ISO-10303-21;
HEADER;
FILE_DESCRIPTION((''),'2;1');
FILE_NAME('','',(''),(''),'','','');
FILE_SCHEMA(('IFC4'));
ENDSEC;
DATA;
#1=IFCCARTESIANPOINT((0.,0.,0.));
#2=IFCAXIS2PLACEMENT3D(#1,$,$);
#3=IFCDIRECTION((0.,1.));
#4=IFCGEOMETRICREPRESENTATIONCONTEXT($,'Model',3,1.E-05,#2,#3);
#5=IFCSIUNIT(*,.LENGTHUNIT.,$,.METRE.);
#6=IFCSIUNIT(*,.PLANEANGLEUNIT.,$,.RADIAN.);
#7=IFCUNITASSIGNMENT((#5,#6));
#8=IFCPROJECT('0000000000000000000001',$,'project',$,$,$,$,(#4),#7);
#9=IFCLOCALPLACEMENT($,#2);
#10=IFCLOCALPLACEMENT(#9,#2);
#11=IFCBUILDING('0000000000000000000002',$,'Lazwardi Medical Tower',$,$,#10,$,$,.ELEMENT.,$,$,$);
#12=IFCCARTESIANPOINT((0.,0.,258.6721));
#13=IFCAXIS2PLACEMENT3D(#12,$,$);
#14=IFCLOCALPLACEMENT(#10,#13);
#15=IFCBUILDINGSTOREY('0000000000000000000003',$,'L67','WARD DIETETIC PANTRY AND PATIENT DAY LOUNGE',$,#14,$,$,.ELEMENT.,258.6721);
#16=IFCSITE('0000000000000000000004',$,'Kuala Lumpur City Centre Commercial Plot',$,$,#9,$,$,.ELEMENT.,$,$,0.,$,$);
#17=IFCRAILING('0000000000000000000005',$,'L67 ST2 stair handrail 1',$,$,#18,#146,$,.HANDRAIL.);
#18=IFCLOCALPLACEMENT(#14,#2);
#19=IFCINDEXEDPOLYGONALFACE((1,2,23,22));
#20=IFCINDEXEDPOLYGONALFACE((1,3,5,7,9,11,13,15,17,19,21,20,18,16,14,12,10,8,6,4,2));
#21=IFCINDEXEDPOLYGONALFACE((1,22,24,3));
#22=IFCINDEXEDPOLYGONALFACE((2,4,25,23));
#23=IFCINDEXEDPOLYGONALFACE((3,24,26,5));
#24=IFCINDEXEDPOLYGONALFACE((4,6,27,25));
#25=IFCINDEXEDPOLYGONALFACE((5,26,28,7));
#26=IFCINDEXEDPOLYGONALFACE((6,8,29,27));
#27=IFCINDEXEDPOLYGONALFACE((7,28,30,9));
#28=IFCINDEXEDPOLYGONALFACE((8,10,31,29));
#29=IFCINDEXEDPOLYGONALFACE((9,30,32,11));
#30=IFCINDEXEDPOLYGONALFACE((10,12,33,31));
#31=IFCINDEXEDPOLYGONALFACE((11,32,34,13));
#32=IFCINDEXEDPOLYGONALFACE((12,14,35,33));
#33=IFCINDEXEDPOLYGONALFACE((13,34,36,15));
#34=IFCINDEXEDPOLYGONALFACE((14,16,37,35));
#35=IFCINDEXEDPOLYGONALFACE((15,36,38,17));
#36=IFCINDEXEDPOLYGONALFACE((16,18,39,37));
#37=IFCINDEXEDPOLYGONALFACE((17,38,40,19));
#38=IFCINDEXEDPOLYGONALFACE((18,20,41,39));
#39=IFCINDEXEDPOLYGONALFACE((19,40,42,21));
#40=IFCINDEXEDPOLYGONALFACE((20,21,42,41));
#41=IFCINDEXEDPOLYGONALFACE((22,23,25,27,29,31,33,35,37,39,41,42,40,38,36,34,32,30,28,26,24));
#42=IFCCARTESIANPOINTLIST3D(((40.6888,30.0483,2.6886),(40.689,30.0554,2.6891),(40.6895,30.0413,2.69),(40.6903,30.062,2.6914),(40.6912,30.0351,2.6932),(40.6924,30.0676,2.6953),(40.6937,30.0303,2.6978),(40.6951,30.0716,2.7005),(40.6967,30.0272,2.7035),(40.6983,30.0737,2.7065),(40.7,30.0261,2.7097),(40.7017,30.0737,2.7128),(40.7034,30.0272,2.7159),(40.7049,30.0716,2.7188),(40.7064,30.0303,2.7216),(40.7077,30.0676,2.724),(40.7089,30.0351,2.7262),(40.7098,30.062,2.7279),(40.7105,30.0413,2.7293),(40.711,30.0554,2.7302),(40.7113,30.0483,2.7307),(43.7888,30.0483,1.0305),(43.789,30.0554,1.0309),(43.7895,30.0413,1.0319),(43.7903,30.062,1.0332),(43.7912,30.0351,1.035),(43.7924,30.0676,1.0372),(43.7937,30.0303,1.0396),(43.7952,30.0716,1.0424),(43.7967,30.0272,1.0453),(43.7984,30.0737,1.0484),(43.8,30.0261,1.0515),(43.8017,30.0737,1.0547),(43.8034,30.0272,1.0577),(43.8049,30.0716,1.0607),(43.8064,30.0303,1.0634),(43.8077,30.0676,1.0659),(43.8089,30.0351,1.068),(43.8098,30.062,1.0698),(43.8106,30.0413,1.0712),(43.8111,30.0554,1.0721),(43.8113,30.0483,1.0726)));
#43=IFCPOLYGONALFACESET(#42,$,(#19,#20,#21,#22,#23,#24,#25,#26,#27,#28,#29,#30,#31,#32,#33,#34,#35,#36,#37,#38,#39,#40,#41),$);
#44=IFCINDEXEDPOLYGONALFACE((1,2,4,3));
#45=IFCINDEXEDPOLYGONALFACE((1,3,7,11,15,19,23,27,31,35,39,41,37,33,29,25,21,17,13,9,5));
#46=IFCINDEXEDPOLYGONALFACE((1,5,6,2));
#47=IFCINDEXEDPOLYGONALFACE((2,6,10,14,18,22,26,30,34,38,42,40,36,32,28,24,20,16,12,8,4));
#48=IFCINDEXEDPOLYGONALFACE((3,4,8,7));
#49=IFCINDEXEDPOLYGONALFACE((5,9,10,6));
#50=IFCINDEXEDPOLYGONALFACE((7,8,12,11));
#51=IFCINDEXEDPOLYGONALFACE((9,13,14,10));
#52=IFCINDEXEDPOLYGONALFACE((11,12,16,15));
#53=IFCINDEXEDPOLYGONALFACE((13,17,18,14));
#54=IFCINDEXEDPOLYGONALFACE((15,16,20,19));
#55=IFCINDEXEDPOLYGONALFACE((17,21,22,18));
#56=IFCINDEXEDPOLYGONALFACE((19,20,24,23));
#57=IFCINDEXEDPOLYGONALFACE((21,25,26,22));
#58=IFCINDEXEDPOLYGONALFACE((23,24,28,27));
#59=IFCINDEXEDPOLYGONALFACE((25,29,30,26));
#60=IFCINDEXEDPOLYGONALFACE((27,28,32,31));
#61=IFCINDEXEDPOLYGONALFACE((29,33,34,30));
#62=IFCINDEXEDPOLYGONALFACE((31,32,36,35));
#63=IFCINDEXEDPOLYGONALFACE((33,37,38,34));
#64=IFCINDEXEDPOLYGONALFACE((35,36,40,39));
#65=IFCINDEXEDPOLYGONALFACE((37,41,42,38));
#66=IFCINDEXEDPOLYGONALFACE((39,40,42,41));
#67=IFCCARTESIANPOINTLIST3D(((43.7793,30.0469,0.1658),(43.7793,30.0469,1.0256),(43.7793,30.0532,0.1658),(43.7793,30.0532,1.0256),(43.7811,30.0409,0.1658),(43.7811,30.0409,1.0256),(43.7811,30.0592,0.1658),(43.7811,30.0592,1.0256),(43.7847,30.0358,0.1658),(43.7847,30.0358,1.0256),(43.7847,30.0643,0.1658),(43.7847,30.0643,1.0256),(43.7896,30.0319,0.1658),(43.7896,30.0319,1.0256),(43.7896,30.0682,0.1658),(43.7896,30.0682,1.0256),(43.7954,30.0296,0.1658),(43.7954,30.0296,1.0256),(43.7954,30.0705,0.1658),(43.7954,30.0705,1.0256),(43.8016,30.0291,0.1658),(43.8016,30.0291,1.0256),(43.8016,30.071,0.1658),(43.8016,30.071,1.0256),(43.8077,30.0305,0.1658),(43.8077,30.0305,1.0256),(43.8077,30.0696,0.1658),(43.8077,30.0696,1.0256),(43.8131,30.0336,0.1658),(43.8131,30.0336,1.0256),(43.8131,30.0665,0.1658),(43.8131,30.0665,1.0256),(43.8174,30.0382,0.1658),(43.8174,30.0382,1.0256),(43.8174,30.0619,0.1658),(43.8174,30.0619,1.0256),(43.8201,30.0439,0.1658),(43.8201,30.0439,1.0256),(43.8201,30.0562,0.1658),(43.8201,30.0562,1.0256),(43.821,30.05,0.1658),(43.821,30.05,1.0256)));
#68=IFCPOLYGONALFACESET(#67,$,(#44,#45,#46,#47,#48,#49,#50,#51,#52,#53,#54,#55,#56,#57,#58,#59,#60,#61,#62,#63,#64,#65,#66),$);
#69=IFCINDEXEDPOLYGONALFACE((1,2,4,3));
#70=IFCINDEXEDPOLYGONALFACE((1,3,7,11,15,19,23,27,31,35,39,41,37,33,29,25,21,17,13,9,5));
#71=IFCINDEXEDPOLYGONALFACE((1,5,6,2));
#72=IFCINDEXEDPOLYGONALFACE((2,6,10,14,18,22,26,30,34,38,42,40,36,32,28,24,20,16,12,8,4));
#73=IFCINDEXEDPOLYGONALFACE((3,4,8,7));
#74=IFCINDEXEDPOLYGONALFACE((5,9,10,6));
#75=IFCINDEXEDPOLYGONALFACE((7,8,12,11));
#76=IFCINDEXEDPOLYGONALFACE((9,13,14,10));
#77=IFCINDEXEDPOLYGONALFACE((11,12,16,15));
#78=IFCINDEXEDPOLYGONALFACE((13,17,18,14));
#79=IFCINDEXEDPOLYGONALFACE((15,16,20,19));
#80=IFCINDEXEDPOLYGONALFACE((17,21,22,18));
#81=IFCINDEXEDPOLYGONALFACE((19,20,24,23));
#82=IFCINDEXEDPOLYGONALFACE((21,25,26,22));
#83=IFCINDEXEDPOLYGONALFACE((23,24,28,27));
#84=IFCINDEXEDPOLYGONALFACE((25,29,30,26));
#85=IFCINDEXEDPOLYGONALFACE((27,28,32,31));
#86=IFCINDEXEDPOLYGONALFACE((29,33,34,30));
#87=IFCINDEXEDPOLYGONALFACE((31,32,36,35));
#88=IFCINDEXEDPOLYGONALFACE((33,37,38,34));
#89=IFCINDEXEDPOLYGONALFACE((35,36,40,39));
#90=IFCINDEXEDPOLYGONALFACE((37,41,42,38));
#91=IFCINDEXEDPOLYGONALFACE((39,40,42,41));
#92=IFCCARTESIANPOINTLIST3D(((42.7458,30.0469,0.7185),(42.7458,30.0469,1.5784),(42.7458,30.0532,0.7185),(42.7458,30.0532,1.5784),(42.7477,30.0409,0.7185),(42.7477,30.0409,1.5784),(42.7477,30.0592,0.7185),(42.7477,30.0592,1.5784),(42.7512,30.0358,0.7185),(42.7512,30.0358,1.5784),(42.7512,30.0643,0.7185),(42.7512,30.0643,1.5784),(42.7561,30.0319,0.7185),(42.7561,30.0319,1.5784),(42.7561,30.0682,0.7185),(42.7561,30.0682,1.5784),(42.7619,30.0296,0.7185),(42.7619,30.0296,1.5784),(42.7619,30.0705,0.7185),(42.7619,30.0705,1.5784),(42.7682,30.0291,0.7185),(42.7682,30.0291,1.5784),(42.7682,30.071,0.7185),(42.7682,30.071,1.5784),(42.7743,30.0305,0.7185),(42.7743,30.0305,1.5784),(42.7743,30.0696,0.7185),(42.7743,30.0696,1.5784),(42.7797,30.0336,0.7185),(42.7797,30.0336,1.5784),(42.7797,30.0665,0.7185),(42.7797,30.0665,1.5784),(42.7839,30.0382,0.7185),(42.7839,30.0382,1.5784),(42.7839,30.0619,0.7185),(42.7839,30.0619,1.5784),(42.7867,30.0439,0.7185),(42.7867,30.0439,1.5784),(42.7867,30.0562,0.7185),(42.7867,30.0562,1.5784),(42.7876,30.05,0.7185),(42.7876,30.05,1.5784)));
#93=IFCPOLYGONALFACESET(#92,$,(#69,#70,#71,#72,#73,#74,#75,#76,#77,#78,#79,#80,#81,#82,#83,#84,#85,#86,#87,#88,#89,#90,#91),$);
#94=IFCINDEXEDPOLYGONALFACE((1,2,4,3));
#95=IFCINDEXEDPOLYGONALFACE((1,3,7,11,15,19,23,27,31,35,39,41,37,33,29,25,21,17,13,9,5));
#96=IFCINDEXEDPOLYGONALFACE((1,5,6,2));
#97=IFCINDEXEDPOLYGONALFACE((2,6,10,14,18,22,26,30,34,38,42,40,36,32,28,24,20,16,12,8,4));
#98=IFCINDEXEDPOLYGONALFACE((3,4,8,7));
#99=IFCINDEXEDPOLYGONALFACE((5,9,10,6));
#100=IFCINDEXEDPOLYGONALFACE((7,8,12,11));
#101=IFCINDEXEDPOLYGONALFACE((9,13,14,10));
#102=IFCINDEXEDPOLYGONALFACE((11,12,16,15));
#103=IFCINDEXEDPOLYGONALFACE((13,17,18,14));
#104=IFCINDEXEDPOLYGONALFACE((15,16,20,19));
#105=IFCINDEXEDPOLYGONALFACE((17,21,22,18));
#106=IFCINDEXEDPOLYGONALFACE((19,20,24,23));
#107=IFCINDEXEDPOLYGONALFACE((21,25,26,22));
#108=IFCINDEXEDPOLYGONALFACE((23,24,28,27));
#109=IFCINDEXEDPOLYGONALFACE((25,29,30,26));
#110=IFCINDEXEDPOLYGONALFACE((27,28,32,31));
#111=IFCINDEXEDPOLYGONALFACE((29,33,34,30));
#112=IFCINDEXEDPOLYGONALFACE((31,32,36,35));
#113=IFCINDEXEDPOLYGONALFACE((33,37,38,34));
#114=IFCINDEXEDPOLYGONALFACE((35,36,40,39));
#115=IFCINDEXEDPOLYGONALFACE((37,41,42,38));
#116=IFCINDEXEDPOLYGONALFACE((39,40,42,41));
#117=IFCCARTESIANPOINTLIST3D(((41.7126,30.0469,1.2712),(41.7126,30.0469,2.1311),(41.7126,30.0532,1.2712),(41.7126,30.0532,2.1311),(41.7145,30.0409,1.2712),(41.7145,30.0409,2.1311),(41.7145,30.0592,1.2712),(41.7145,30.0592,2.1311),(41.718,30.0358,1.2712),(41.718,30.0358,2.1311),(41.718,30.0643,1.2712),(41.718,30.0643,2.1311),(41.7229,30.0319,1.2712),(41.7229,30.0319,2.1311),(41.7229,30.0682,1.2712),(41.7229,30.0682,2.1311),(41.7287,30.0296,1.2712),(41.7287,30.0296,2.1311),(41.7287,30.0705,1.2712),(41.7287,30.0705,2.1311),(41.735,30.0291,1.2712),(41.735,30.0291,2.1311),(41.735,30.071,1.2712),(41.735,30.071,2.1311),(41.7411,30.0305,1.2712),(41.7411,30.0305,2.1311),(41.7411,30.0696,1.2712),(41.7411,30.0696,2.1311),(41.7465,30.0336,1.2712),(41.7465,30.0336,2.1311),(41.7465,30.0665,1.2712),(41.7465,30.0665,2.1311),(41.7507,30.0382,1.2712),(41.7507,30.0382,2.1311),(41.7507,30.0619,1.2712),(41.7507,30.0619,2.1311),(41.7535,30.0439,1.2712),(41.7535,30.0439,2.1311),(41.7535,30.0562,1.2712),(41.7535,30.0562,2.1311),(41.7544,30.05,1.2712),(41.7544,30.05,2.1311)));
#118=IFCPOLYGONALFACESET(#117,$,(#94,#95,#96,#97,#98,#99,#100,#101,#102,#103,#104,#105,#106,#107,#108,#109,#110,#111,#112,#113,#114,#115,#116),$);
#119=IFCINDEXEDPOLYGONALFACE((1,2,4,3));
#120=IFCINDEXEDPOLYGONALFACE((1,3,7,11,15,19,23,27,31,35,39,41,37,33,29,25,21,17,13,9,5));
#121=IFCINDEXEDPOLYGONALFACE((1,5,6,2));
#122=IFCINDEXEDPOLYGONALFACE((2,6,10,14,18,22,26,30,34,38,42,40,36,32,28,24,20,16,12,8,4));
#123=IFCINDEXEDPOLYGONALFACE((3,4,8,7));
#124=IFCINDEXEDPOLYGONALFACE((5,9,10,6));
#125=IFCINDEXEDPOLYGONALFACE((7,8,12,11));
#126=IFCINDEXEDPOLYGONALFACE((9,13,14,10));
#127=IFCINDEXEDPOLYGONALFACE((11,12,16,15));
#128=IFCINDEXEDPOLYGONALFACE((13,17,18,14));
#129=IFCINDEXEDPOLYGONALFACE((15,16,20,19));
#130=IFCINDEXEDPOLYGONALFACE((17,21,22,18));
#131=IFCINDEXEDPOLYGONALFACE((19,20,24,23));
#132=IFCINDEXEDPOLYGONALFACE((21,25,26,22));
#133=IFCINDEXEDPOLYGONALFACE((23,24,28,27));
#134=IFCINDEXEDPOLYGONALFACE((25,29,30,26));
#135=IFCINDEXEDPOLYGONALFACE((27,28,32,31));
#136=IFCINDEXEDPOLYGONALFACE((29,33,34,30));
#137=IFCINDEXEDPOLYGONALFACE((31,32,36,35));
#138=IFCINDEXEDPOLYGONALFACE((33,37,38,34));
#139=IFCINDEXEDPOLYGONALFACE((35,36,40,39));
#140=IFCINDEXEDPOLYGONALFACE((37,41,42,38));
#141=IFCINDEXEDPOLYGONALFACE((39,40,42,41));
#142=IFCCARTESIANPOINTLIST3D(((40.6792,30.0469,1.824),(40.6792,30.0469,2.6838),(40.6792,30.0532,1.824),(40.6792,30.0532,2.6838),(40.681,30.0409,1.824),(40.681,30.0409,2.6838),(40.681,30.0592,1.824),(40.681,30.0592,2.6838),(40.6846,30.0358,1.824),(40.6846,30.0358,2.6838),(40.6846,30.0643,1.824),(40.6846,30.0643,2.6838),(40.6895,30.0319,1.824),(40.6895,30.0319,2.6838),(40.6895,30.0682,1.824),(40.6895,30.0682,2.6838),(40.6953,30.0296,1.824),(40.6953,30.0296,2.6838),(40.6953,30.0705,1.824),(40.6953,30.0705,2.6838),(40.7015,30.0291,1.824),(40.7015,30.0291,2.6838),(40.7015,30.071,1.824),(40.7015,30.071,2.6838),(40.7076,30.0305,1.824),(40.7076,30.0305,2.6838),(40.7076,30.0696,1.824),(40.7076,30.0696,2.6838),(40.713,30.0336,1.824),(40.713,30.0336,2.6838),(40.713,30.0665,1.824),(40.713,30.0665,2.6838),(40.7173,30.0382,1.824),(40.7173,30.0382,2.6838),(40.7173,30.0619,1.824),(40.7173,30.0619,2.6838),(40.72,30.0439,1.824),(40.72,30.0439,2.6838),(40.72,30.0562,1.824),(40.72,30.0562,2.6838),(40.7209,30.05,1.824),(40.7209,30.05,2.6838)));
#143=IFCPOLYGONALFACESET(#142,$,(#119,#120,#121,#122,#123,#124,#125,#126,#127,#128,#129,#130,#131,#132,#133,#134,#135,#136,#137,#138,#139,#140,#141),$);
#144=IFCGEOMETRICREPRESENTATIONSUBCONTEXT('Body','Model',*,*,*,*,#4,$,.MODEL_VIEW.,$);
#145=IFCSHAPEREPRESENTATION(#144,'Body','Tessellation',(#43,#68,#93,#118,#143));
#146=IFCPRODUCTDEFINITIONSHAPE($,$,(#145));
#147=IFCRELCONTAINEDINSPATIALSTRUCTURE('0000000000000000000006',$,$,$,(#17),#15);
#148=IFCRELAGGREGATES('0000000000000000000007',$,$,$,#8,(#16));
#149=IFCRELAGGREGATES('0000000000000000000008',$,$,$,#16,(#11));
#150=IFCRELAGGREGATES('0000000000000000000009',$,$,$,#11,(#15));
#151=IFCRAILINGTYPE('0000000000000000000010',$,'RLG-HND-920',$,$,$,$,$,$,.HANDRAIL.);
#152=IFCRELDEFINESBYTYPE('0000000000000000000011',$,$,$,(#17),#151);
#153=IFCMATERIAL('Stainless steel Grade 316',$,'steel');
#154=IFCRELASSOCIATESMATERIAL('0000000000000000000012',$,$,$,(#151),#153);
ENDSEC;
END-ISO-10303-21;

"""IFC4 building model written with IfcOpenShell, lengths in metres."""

from ifc_helpers import new_model, si_unit, direction, frame, origin, origin_2d, place, context, subcontext, project, spatial, circle, extrude, material, type_object, element, save


model = new_model("IFC4")

# Units and contexts
model_context = context("Model", 3, precision=1e-05, world=origin(), true_north=direction((0.0, 1.0)))
body_context = subcontext(model_context, "Body", "Model", "MODEL_VIEW")
ifc_project = project(units=[si_unit("LENGTHUNIT", "METRE"), si_unit("PLANEANGLEUNIT", "RADIAN")], contexts=[model_context])

# Site, building, storey
site_placement = place(None, origin())
site = spatial("IfcSite", under=ifc_project, at=site_placement, Name="Kuala Lumpur City Centre Commercial Plot", CompositionType="ELEMENT", RefElevation=0.0)
building_placement = place(site_placement, origin())
building = spatial("IfcBuilding", under=site, at=building_placement, Name="Lazwardi Medical Tower", CompositionType="ELEMENT")
storey_placement = place(building_placement, frame((0.0, 0.0, 258.6721)))
storey = spatial("IfcBuildingStorey", under=building, at=storey_placement, Name="L67", Description="WARD DIETETIC PANTRY AND PATIENT DAY LOUNGE", CompositionType="ELEMENT", Elevation=258.6721)

# Railing
ifc_material_1 = material(Name="Stainless steel Grade 316", Category="steel")
railing_type = type_object("IfcRailingType", Name="RLG-HND-920", PredefinedType="HANDRAIL", material=ifc_material_1)
railing_1_placement = place(storey_placement, frame((43.8, 30.05, 0.1658)))
element("IfcRailing", 1, at=railing_1_placement, inside=storey, type_object=railing_type, Name="L67 ST2 stair handrail 1", PredefinedType="HANDRAIL", context=body_context, shape_type="SweptSolid", body=[
    extrude(circle(Radius=0.0239, at=origin_2d()), frame((0.0, 0.0, 0.8857), z_axis=(-0.881783, 0.0, 0.471655), x_axis=(0.0, -1.0, 0.0)), (0.0, 0.0, 1.0), 3.5156),
    extrude(circle(Radius=0.021, at=origin_2d()), origin(), (0.0, 0.0, 1.0), 0.8599),
    extrude(circle(Radius=0.021, at=origin_2d()), frame((-1.0334, 0.0, 0.5527)), (0.0, 0.0, 1.0), 0.8599),
    extrude(circle(Radius=0.021, at=origin_2d()), frame((-2.0667, 0.0, 1.1055)), (0.0, 0.0, 1.0), 0.8599),
    extrude(circle(Radius=0.021, at=origin_2d()), frame((-3.1001, 0.0, 1.6582)), (0.0, 0.0, 1.0), 0.8599),
])

save(model, "model.ifc")
